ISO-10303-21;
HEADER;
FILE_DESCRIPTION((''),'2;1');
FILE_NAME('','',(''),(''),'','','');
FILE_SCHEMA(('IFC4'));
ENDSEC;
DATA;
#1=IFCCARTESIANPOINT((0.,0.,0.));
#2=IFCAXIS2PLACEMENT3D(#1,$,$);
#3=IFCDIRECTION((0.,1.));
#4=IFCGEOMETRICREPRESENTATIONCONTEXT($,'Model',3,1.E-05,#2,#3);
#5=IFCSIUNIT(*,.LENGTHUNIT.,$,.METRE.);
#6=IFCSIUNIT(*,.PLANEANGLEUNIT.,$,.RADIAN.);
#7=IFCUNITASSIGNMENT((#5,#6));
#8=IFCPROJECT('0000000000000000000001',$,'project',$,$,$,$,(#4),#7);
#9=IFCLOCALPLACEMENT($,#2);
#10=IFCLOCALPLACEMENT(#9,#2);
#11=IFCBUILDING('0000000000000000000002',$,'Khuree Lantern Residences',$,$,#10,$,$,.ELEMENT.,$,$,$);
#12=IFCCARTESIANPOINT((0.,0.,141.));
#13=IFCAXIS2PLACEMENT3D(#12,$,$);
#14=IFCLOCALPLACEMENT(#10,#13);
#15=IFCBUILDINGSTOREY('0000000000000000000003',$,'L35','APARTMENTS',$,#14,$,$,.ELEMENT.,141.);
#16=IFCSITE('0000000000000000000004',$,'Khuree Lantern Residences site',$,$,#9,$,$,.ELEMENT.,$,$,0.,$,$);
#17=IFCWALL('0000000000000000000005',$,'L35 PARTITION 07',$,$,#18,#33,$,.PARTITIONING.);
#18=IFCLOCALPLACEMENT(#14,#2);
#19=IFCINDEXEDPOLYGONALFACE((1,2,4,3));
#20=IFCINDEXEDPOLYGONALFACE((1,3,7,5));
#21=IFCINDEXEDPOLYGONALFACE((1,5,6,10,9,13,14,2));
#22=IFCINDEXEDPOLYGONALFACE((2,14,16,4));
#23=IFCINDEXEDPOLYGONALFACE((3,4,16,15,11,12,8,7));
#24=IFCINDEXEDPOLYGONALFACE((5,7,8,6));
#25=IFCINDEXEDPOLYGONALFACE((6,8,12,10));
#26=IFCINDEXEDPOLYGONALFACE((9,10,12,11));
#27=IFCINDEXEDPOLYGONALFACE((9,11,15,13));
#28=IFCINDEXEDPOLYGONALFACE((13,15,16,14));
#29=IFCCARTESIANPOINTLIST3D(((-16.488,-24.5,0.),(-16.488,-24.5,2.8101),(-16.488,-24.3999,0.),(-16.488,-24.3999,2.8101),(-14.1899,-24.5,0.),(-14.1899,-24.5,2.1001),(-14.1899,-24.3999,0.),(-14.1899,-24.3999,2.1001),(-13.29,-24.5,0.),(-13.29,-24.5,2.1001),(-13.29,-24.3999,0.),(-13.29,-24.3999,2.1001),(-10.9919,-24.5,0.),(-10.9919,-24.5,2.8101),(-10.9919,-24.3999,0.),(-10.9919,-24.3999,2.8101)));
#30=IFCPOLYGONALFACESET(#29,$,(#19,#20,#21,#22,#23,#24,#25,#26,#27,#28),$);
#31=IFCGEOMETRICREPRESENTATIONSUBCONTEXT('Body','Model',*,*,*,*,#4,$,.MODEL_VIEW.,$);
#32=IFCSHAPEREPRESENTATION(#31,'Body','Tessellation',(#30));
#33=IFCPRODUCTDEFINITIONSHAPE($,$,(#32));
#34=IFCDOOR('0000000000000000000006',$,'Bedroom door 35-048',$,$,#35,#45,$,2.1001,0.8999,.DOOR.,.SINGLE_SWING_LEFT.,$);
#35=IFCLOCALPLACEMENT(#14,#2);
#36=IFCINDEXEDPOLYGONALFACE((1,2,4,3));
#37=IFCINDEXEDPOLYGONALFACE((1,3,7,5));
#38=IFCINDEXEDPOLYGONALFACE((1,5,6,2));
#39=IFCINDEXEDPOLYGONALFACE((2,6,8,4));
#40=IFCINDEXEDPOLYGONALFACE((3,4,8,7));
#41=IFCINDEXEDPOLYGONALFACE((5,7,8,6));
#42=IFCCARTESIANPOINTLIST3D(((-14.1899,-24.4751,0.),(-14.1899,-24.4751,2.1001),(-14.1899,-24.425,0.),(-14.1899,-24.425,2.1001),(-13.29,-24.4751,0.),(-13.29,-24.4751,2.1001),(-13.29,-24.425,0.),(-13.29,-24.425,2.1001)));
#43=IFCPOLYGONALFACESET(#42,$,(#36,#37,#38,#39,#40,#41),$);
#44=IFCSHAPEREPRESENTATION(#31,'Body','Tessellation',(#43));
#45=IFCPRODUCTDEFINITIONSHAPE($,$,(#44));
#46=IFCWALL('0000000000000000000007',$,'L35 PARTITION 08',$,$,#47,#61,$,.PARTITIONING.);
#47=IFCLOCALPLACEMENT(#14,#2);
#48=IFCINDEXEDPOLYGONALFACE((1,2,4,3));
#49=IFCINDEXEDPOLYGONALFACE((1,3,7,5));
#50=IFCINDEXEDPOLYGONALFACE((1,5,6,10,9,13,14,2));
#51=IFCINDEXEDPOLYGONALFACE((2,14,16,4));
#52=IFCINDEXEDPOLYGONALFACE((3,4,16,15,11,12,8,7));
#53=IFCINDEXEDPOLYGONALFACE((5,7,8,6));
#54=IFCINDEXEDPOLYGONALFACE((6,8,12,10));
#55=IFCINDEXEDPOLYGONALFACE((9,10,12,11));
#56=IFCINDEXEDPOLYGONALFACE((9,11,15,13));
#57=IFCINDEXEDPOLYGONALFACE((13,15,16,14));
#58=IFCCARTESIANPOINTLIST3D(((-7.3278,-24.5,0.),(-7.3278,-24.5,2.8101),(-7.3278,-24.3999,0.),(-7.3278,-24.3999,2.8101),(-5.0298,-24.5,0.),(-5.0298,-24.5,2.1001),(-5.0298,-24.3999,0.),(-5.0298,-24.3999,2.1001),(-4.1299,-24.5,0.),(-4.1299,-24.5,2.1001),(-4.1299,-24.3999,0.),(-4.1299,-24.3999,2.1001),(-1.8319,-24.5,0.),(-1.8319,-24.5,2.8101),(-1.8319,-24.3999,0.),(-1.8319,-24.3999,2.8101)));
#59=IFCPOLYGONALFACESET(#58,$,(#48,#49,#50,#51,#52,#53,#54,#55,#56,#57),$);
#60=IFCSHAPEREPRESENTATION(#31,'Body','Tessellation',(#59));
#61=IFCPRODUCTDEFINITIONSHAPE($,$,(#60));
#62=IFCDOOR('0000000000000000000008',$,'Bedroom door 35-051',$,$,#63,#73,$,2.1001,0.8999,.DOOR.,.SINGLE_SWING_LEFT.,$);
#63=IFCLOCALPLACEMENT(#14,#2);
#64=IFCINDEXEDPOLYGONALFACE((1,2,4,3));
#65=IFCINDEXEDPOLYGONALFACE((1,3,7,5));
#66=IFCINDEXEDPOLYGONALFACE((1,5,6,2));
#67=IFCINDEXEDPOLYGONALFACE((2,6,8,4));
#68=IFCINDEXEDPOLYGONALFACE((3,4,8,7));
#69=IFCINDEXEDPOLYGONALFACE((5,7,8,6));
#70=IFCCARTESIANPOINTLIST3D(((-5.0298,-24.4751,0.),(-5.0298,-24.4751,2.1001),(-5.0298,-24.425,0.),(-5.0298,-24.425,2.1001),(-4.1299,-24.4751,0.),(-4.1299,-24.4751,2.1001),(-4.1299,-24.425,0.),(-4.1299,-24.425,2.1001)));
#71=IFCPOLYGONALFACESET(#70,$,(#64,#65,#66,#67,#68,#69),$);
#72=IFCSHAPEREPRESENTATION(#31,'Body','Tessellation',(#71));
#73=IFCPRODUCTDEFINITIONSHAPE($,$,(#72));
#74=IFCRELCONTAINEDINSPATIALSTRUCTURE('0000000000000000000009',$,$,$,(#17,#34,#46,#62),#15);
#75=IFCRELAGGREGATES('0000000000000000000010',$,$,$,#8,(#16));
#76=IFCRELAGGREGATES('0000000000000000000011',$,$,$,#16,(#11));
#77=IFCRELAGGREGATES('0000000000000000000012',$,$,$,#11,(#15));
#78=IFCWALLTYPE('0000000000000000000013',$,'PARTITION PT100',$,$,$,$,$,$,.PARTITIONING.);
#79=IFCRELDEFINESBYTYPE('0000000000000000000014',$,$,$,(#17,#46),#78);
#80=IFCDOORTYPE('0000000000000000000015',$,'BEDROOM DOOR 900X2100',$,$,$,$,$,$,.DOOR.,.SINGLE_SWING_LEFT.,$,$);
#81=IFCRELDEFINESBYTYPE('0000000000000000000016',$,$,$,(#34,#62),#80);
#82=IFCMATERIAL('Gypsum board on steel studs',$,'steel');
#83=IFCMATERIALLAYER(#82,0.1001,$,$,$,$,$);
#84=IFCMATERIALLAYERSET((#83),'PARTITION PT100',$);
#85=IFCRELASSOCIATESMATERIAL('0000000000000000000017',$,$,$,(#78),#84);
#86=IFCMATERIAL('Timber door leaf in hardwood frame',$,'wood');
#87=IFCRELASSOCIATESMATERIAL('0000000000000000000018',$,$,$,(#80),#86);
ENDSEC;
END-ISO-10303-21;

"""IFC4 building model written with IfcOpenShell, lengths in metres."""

from ifc_helpers import new_model, si_unit, direction, frame, frame_2d, origin, place, context, subcontext, project, spatial, rectangle, extrude, material, layer, layer_set, type_object, element, fill, save


model = new_model("IFC4")

# Units and contexts
model_context = context("Model", 3, precision=1e-05, world=origin(), true_north=direction((0.0, 1.0)))
body_context = subcontext(model_context, "Body", "Model", "MODEL_VIEW")
ifc_project = project(units=[si_unit("LENGTHUNIT", "METRE"), si_unit("PLANEANGLEUNIT", "RADIAN")], contexts=[model_context])

# Site, building, storey
site_placement = place(None, origin())
site = spatial("IfcSite", under=ifc_project, at=site_placement, Name="Khuree Lantern Residences site", CompositionType="ELEMENT", RefElevation=0.0)
building_placement = place(site_placement, origin())
building = spatial("IfcBuilding", under=site, at=building_placement, Name="Khuree Lantern Residences", CompositionType="ELEMENT")
storey_placement = place(building_placement, frame((0.0, 0.0, 141.0)))
storey = spatial("IfcBuildingStorey", under=building, at=storey_placement, Name="L35", Description="APARTMENTS", CompositionType="ELEMENT", Elevation=141.0)

# Shared definitions
ifc_material_1 = material(Name="Timber door leaf in hardwood frame", Category="wood")

# Shared definitions
ifc_material_2 = material(Name="Gypsum board on steel studs", Category="steel")
ifc_layer_1 = layer(ifc_material_2, 0.1001)
ifc_layer_set_1 = layer_set([ifc_layer_1], Name="PARTITION PT100")
wall_type_1 = type_object("IfcWallType", Name="PARTITION PT100", PredefinedType="PARTITIONING", material=ifc_layer_set_1)

# Walls, openings, doors
wall_1_placement = place(storey_placement, frame((-16.488, -24.45, 0.0), z_axis=(0.0, 0.0, 1.0), x_axis=(1.0, 0.0, 0.0)))
wall_1 = element("IfcWall", 1, at=wall_1_placement, inside=storey, type_object=wall_type_1, Name="L35 PARTITION 07", PredefinedType="PARTITIONING", context=body_context, shape_type="SweptSolid", body=[
    extrude(rectangle(XDim=5.4961, YDim=0.1001, at=frame_2d((2.748, 0.0))), origin(), (0.0, 0.0, 1.0), 2.8101),
])
opening_1_placement = place(wall_1_placement, frame((2.2981, 0.0, 0.0)))
opening_1 = element("IfcOpeningElement", 2, at=opening_1_placement, cuts=wall_1, PredefinedType="OPENING", context=body_context, shape_type="SweptSolid", body=[
    extrude(rectangle(XDim=0.8999, YDim=2.1001, at=frame_2d((0.45, 1.05))), frame((0.0, 0.0601, 0.0), z_axis=(0.0, -1.0, 0.0), x_axis=(1.0, 0.0, 0.0)), (0.0, 0.0, 1.0), 0.1201),
])
door_type_1 = type_object("IfcDoorType", Name="BEDROOM DOOR 900X2100", OperationType="SINGLE_SWING_LEFT", PredefinedType="DOOR", material=ifc_material_1)
door_1_placement = place(opening_1_placement, origin())
door_1 = element("IfcDoor", 3, at=door_1_placement, inside=storey, type_object=door_type_1, Name="Bedroom door 35-048", OperationType="SINGLE_SWING_LEFT", OverallHeight=2.1001, OverallWidth=0.8999, PredefinedType="DOOR", context=body_context, shape_type="SweptSolid", body=[
    extrude(rectangle(XDim=0.8999, YDim=2.1001, at=frame_2d((0.45, 1.05))), frame((0.0, 0.0249, 0.0), z_axis=(0.0, -1.0, 0.0), x_axis=(1.0, 0.0, 0.0)), (0.0, 0.0, 1.0), 0.05),
])
fill(opening_1, door_1)
wall_2_placement = place(storey_placement, frame((-7.3279, -24.45, 0.0), z_axis=(0.0, 0.0, 1.0), x_axis=(1.0, 0.0, 0.0)))
wall_2 = element("IfcWall", 4, at=wall_2_placement, inside=storey, type_object=wall_type_1, Name="L35 PARTITION 08", PredefinedType="PARTITIONING", context=body_context, shape_type="SweptSolid", body=[
    extrude(rectangle(XDim=5.4958, YDim=0.1001, at=frame_2d((2.748, 0.0))), origin(), (0.0, 0.0, 1.0), 2.8101),
])
opening_2_placement = place(wall_2_placement, frame((2.2981, 0.0, 0.0)))
opening_2 = element("IfcOpeningElement", 5, at=opening_2_placement, cuts=wall_2, PredefinedType="OPENING", context=body_context, shape_type="SweptSolid", body=[
    extrude(rectangle(XDim=0.8999, YDim=2.1001, at=frame_2d((0.45, 1.05))), frame((0.0, 0.0601, 0.0), z_axis=(0.0, -1.0, 0.0), x_axis=(1.0, 0.0, 0.0)), (0.0, 0.0, 1.0), 0.1201),
])
door_2_placement = place(opening_2_placement, origin())
door_2 = element("IfcDoor", 6, at=door_2_placement, inside=storey, type_object=door_type_1, Name="Bedroom door 35-051", OperationType="SINGLE_SWING_LEFT", OverallHeight=2.1001, OverallWidth=0.8999, PredefinedType="DOOR", context=body_context, shape_type="SweptSolid", body=[
    extrude(rectangle(XDim=0.8999, YDim=2.1001, at=frame_2d((0.45, 1.05))), frame((0.0, 0.0249, 0.0), z_axis=(0.0, -1.0, 0.0), x_axis=(1.0, 0.0, 0.0)), (0.0, 0.0, 1.0), 0.05),
])
fill(opening_2, door_2)

save(model, "model.ifc")
